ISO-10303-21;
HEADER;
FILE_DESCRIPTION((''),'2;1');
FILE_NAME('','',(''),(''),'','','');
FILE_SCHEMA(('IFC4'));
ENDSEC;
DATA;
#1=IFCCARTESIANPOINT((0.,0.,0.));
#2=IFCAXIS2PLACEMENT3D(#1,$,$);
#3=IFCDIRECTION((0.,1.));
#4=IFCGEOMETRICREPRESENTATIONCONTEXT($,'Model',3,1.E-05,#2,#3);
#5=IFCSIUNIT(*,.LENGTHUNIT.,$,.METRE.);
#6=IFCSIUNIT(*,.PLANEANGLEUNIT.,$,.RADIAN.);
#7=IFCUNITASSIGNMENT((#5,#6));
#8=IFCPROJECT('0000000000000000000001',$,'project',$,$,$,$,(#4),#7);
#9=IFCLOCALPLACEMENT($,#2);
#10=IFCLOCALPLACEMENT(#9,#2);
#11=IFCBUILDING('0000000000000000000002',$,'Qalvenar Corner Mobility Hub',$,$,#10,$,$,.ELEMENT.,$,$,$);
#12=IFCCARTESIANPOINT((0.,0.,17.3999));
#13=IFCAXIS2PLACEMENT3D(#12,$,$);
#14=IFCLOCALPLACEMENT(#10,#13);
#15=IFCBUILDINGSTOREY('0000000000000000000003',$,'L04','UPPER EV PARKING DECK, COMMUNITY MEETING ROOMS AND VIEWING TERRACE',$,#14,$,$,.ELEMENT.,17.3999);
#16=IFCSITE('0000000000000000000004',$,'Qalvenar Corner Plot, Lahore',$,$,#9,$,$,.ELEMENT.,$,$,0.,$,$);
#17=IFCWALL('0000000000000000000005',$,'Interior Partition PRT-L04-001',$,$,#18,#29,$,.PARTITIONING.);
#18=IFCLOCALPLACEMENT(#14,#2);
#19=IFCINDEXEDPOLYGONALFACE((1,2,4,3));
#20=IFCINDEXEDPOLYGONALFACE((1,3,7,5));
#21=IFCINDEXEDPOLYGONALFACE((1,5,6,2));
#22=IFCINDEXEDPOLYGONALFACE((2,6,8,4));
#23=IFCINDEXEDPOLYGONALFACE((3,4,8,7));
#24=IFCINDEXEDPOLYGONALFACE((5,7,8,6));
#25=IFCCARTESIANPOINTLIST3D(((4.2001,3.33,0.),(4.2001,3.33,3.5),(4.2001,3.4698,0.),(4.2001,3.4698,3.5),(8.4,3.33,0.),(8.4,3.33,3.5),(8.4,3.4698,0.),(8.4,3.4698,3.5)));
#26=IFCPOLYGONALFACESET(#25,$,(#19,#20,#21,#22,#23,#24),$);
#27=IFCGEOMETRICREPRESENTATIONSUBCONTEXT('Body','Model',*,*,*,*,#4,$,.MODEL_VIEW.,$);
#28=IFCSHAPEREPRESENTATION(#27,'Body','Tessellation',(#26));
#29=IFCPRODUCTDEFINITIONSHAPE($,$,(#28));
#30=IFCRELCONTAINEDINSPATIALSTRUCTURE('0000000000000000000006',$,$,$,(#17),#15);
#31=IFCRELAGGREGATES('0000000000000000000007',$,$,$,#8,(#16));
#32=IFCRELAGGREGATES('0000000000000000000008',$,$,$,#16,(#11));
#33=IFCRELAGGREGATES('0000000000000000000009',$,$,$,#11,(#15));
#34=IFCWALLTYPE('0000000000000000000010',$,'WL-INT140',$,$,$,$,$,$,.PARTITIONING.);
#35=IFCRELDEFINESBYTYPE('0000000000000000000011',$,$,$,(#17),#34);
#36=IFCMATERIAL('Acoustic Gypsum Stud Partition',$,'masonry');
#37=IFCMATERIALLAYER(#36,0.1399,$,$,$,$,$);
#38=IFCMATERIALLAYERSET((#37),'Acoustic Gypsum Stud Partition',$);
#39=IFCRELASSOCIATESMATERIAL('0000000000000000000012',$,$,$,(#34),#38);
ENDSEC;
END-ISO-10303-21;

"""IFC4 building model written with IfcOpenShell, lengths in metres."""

from ifc_helpers import new_model, si_unit, direction, frame, frame_2d, origin, place, context, subcontext, project, spatial, rectangle, extrude, material, layer, layer_set, type_object, element, save


model = new_model("IFC4")

# Units and contexts
model_context = context("Model", 3, precision=1e-05, world=origin(), true_north=direction((0.0, 1.0)))
body_context = subcontext(model_context, "Body", "Model", "MODEL_VIEW")
ifc_project = project(units=[si_unit("LENGTHUNIT", "METRE"), si_unit("PLANEANGLEUNIT", "RADIAN")], contexts=[model_context])

# Site, building, storey
site_placement = place(None, origin())
site = spatial("IfcSite", under=ifc_project, at=site_placement, Name="Qalvenar Corner Plot, Lahore", CompositionType="ELEMENT", RefElevation=0.0)
building_placement = place(site_placement, origin())
building = spatial("IfcBuilding", under=site, at=building_placement, Name="Qalvenar Corner Mobility Hub", CompositionType="ELEMENT")
storey_placement = place(building_placement, frame((0.0, 0.0, 17.3999)))
storey = spatial("IfcBuildingStorey", under=building, at=storey_placement, Name="L04", Description="UPPER EV PARKING DECK, COMMUNITY MEETING ROOMS AND VIEWING TERRACE", CompositionType="ELEMENT", Elevation=17.3999)

# Wall
ifc_material_1 = material(Name="Acoustic Gypsum Stud Partition", Category="masonry")
ifc_layer_1 = layer(ifc_material_1, 0.1399)
ifc_layer_set_1 = layer_set([ifc_layer_1], Name="Acoustic Gypsum Stud Partition")
wall_type_1 = type_object("IfcWallType", Name="WL-INT140", PredefinedType="PARTITIONING", material=ifc_layer_set_1)
wall_1_placement = place(storey_placement, frame((4.2, 3.3999, 0.0), z_axis=(0.0, 0.0, 1.0), x_axis=(1.0, 0.0, 0.0)))
element("IfcWall", 1, at=wall_1_placement, inside=storey, type_object=wall_type_1, Name="Interior Partition PRT-L04-001", PredefinedType="PARTITIONING", context=body_context, shape_type="SweptSolid", body=[
    extrude(rectangle(XDim=4.2, YDim=0.1399, at=frame_2d((2.1001, 0.0))), origin(), (0.0, 0.0, 1.0), 3.5),
])

save(model, "model.ifc")
